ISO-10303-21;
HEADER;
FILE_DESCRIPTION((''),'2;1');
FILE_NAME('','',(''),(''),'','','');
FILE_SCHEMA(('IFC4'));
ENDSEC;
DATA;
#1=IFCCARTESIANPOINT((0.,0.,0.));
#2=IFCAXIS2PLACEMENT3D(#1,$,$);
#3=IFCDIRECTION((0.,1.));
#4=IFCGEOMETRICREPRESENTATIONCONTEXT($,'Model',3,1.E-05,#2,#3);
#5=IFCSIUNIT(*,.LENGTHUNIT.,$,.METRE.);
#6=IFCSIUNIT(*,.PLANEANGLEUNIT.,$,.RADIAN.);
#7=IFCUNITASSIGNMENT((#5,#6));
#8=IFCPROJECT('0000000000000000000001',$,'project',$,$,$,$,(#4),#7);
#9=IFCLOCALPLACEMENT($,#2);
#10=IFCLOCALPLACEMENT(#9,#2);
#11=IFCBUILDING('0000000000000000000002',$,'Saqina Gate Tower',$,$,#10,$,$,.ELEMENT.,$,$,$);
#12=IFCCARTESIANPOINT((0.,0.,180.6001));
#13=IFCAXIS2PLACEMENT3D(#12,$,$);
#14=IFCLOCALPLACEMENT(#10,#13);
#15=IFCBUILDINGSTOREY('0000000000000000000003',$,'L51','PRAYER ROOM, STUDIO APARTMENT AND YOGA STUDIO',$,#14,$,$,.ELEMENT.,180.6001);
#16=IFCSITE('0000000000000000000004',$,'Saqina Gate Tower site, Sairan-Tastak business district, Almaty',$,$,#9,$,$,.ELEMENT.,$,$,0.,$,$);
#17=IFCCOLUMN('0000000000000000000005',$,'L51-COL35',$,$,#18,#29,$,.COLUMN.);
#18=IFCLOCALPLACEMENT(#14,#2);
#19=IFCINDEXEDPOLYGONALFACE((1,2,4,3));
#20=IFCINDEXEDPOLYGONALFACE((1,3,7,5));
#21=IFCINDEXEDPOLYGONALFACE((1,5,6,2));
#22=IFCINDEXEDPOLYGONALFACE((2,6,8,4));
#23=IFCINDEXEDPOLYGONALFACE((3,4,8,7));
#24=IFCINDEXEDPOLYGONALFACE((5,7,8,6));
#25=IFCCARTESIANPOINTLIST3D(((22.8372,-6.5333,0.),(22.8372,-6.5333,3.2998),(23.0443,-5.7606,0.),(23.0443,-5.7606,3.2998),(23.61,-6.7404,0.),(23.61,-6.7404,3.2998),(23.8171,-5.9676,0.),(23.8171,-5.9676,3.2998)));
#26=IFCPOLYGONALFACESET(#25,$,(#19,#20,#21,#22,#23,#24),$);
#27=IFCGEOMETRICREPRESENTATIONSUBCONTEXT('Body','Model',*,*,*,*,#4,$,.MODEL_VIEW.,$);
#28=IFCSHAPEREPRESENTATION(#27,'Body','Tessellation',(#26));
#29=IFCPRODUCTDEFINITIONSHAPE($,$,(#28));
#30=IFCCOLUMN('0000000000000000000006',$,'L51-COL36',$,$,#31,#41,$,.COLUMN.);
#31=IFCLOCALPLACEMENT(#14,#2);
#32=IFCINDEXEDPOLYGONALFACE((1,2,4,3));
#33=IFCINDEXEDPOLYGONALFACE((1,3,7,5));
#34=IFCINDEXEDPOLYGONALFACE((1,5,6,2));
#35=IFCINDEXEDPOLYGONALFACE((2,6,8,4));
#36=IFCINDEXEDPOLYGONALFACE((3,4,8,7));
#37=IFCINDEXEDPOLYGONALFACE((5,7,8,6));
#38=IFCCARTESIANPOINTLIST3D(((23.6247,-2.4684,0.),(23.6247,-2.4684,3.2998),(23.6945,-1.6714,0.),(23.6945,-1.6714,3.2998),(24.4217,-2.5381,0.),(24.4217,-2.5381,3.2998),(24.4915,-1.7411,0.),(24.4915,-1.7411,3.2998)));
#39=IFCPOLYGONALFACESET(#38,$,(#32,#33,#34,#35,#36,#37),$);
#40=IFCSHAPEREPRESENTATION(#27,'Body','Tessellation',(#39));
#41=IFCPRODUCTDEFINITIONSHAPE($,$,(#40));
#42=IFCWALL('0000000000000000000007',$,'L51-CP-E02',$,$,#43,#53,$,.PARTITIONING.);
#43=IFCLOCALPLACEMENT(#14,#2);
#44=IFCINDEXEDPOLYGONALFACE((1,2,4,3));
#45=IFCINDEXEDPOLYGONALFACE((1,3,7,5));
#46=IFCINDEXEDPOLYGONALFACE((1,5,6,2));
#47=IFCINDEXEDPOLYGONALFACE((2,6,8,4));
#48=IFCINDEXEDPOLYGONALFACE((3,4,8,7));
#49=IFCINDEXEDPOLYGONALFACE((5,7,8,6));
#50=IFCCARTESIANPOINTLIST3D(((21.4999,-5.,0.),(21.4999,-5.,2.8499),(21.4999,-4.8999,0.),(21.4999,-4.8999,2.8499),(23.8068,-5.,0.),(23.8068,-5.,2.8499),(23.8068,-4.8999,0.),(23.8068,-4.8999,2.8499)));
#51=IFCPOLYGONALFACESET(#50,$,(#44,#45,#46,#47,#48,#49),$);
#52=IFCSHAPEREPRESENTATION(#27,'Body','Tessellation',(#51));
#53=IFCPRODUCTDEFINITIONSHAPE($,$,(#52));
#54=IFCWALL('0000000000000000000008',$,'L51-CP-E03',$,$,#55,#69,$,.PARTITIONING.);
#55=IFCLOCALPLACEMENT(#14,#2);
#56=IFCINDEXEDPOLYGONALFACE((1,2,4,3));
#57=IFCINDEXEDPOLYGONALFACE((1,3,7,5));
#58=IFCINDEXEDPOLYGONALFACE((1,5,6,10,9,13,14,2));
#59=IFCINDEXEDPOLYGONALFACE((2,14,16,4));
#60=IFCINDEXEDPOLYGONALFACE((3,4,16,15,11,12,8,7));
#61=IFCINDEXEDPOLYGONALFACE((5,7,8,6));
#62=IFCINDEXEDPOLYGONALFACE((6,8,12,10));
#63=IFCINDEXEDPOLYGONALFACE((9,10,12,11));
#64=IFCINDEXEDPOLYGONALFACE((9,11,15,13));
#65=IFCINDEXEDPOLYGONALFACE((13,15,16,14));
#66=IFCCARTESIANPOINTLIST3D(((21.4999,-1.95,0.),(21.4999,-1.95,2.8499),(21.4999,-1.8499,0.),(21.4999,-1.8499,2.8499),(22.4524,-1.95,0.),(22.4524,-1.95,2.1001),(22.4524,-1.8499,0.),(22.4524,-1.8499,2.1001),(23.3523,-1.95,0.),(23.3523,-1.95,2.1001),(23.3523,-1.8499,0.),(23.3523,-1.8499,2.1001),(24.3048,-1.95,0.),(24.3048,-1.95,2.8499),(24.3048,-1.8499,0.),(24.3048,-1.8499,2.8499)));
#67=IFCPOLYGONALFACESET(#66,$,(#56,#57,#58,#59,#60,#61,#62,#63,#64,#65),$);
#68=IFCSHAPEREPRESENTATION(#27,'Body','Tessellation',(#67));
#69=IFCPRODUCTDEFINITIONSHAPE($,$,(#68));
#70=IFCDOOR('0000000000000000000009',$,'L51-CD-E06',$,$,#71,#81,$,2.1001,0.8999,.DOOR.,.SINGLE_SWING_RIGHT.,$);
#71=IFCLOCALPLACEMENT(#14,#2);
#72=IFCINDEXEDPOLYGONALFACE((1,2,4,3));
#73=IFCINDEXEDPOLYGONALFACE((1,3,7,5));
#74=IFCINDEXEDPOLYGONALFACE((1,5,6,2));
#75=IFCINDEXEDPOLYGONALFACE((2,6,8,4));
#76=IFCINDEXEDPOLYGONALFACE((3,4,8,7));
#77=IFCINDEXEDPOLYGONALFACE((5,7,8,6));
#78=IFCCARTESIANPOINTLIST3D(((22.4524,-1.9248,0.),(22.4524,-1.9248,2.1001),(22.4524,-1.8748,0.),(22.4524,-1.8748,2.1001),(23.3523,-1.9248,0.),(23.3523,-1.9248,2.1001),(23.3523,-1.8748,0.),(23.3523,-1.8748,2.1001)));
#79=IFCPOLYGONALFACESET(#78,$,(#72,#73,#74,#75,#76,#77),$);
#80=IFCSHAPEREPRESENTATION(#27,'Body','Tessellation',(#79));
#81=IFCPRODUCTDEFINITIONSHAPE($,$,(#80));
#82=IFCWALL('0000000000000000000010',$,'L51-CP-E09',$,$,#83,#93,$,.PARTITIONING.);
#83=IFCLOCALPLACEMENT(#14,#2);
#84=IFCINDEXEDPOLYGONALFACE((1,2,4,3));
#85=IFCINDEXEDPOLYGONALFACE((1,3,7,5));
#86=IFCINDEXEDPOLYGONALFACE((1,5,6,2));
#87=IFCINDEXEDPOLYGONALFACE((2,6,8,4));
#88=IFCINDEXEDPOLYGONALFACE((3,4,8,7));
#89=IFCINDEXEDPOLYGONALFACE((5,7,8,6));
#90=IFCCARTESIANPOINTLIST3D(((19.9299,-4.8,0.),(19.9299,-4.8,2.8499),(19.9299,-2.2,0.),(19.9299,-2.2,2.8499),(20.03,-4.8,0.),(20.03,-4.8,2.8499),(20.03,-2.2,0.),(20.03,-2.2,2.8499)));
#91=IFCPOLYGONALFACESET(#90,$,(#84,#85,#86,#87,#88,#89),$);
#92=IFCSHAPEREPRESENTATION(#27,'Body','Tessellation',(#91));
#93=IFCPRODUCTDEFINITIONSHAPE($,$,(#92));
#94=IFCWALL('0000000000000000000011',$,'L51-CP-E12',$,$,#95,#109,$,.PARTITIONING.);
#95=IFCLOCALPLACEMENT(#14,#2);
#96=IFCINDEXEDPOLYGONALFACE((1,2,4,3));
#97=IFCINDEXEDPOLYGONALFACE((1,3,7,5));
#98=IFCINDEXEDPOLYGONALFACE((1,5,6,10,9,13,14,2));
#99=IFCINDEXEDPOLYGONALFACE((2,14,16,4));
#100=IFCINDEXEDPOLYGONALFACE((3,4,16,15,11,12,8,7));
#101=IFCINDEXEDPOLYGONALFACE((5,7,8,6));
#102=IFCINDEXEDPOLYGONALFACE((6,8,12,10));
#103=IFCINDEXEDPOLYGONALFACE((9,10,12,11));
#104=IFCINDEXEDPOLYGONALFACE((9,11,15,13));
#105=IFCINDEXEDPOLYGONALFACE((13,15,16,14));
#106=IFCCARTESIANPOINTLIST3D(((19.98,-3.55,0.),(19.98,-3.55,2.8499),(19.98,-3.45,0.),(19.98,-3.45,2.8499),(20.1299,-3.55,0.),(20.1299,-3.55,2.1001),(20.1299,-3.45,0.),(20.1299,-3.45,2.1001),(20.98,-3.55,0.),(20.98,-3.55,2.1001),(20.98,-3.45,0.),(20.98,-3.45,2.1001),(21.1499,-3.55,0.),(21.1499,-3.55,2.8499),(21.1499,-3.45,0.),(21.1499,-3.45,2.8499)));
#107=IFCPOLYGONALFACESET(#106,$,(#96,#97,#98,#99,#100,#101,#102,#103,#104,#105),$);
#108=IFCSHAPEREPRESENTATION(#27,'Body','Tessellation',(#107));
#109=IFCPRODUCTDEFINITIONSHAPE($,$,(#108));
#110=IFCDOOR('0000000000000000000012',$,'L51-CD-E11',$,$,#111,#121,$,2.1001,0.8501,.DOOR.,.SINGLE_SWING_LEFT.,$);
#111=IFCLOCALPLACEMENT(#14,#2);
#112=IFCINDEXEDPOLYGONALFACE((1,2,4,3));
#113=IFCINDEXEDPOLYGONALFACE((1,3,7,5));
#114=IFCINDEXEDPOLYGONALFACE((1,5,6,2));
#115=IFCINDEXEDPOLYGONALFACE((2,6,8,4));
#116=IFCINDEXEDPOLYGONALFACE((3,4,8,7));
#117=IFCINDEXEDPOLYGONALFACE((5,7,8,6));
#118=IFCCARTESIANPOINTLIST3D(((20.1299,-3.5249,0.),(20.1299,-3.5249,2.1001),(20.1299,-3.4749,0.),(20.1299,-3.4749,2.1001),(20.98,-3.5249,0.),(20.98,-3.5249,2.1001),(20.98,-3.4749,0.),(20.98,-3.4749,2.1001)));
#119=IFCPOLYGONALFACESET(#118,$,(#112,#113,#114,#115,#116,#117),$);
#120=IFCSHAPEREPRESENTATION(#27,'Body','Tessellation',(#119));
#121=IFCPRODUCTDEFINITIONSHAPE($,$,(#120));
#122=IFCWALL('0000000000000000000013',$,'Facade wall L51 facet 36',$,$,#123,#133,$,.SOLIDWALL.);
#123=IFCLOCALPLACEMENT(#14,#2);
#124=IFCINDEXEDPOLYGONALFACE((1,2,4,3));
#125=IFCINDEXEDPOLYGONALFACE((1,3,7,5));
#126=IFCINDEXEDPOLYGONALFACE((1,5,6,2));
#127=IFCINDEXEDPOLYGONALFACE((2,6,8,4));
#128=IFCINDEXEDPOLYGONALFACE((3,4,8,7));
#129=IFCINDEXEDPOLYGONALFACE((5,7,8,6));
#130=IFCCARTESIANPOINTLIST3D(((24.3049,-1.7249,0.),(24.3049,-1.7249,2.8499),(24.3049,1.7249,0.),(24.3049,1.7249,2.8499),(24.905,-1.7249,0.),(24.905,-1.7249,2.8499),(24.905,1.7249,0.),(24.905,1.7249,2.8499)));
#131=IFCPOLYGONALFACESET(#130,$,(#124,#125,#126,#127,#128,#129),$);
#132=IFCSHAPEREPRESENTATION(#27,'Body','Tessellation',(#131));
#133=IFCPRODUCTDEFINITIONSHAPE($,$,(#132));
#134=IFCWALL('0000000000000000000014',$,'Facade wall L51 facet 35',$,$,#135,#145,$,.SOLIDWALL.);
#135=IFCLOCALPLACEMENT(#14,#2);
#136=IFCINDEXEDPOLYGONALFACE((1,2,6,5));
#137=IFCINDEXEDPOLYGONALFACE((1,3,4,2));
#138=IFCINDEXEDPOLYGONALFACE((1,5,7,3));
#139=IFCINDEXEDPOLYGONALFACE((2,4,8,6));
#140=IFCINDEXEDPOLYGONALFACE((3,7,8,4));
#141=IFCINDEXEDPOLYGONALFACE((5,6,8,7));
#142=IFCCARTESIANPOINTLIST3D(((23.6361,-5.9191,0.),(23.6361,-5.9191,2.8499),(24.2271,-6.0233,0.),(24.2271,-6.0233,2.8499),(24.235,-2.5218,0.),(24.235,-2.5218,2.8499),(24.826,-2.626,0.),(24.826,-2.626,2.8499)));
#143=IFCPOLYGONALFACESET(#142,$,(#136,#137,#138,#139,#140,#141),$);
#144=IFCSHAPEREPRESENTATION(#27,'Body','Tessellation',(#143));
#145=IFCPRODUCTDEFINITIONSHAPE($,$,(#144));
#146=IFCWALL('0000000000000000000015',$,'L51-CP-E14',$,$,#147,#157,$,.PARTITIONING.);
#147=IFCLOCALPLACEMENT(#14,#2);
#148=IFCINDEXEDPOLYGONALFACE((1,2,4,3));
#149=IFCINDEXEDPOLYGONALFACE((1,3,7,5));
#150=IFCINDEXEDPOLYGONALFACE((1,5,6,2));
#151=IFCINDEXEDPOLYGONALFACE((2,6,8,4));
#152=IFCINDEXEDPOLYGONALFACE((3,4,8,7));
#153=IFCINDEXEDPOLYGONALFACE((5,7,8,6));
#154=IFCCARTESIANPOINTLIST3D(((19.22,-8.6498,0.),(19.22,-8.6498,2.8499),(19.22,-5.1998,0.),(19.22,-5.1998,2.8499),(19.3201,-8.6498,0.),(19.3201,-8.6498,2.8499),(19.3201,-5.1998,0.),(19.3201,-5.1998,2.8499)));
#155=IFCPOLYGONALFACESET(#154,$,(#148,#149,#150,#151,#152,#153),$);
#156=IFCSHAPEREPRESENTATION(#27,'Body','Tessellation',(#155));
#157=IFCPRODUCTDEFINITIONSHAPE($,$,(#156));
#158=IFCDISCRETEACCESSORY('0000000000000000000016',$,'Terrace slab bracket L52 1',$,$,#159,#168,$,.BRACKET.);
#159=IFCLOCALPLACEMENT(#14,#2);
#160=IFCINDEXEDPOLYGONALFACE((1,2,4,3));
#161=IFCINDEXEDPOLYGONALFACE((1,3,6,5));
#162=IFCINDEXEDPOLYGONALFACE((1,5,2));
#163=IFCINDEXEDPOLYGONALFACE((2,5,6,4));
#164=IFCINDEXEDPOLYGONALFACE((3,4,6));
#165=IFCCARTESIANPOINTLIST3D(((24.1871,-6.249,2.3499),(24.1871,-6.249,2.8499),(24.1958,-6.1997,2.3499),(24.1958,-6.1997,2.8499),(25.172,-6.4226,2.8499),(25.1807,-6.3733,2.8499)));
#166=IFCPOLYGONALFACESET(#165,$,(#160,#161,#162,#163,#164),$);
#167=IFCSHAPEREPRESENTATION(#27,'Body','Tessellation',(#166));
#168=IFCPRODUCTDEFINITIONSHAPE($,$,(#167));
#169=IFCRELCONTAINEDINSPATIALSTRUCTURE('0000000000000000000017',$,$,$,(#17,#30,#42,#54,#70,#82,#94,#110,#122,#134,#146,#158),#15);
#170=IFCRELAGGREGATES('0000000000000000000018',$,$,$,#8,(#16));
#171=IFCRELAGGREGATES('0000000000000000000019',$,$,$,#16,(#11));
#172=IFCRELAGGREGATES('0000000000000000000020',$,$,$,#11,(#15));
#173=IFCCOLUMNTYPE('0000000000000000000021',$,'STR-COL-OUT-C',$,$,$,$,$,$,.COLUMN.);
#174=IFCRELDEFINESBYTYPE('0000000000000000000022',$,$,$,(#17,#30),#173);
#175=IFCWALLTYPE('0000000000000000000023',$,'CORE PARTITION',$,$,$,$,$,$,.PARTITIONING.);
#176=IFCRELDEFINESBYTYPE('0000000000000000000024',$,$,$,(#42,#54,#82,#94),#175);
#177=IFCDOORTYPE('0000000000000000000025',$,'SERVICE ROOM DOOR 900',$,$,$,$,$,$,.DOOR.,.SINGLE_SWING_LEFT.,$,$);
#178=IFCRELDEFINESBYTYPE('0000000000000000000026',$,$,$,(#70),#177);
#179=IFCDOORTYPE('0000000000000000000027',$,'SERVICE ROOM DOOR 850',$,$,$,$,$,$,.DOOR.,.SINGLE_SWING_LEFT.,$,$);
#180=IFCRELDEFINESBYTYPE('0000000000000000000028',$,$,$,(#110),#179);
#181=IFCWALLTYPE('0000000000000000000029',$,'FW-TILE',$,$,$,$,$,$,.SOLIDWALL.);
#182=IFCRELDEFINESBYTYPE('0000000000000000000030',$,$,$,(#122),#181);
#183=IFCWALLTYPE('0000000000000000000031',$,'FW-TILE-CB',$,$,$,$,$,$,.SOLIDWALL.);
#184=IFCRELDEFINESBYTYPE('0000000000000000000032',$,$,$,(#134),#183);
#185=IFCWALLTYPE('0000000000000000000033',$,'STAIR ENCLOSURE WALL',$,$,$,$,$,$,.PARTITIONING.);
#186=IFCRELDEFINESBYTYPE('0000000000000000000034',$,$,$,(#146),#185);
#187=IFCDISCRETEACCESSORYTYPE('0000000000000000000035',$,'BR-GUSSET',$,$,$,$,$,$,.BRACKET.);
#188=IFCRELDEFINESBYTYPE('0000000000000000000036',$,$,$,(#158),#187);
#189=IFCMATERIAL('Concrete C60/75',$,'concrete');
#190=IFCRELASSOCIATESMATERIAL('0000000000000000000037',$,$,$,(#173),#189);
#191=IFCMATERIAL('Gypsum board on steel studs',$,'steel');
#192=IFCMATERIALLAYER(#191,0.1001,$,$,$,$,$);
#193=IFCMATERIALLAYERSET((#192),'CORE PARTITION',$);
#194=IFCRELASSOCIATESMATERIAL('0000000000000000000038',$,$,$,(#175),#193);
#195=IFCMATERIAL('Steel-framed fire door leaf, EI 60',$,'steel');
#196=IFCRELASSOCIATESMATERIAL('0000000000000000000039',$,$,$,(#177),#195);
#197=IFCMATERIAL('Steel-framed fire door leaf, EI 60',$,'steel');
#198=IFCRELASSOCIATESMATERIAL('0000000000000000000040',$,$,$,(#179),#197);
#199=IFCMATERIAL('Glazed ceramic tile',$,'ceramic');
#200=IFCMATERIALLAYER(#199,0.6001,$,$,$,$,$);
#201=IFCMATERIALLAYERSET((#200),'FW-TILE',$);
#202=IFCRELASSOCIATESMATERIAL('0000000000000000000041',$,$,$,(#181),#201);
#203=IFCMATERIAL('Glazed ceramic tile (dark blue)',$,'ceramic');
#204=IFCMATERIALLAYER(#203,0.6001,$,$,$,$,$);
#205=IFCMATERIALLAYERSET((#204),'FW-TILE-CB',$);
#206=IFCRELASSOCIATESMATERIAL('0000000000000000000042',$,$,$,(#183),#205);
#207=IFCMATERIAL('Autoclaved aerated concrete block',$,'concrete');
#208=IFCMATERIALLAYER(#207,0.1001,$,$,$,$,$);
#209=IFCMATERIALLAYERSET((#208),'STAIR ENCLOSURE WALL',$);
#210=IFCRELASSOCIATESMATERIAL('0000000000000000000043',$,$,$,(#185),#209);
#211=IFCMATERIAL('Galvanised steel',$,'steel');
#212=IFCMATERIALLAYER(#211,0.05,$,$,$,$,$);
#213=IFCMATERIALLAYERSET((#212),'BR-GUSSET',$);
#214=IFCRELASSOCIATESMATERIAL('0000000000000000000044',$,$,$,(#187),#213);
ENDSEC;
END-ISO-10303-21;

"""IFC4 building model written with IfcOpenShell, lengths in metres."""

from ifc_helpers import new_model, si_unit, direction, frame, frame_2d, origin, origin_2d, place, context, subcontext, project, spatial, polyline, rectangle, outline, extrude, material, layer, layer_set, material_profile, profile_set, type_object, element, fill, save


model = new_model("IFC4")

# Units and contexts
model_context = context("Model", 3, precision=1e-05, world=origin(), true_north=direction((0.0, 1.0)))
body_context = subcontext(model_context, "Body", "Model", "MODEL_VIEW")
ifc_project = project(units=[si_unit("LENGTHUNIT", "METRE"), si_unit("PLANEANGLEUNIT", "RADIAN")], contexts=[model_context])

# Site, building, storey
site_placement = place(None, origin())
site = spatial("IfcSite", under=ifc_project, at=site_placement, Name="Saqina Gate Tower site, Sairan-Tastak business district, Almaty", CompositionType="ELEMENT", RefElevation=0.0)
building_placement = place(site_placement, origin())
building = spatial("IfcBuilding", under=site, at=building_placement, Name="Saqina Gate Tower", CompositionType="ELEMENT")
storey_placement = place(building_placement, frame((0.0, 0.0, 180.6001)))
storey = spatial("IfcBuildingStorey", under=building, at=storey_placement, Name="L51", Description="PRAYER ROOM, STUDIO APARTMENT AND YOGA STUDIO", CompositionType="ELEMENT", Elevation=180.6001)

# Columns
ifc_material_1 = material(Name="Concrete C60/75", Category="concrete")
ifc_material_profile = material_profile(ifc_material_1, rectangle(XDim=0.8, YDim=0.8, at=origin_2d()), Name="RC 800x800")
ifc_profile_set = profile_set([ifc_material_profile], Name="Concrete C60/75")
column_type = type_object("IfcColumnType", Name="STR-COL-OUT-C", PredefinedType="COLUMN", material=ifc_profile_set)
for number, where, z_axis, x_axis, name in (
    (1, (23.3271, -6.2505, 0.0), (0.0, 0.0, 1.0), (0.965926, -0.258819, 0.0), "L51-COL35"),
    (2, (24.0581, -2.1047, 0.0), (0.0, 0.0, 1.0), (0.996195, -0.087156, 0.0), "L51-COL36"),
):
    element("IfcColumn", number, at=place(storey_placement, frame(where, z_axis=z_axis, x_axis=x_axis)), inside=storey, type_object=column_type, Name=name, PredefinedType="COLUMN", context=body_context, shape_type="SweptSolid", body=[
        extrude(rectangle(XDim=0.8, YDim=0.8, at=origin_2d()), origin(), (0.0, 0.0, 1.0), 3.2998),
    ])

# Wall
ifc_material_2 = material(Name="Gypsum board on steel studs", Category="steel")
ifc_layer_1 = layer(ifc_material_2, 0.1001)
ifc_layer_set_1 = layer_set([ifc_layer_1], Name="CORE PARTITION")
wall_type_1 = type_object("IfcWallType", Name="CORE PARTITION", PredefinedType="PARTITIONING", material=ifc_layer_set_1)
wall_1_placement = place(storey_placement, frame((21.5, -4.95, 0.0), z_axis=(0.0, 0.0, 1.0), x_axis=(1.0, 0.0, 0.0)))
element("IfcWall", 3, at=wall_1_placement, inside=storey, type_object=wall_type_1, Name="L51-CP-E02", PredefinedType="PARTITIONING", context=body_context, shape_type="SweptSolid", body=[
    extrude(rectangle(XDim=2.3069, YDim=0.1001, at=frame_2d((1.1533, 0.0))), origin(), (0.0, 0.0, 1.0), 2.8499),
])

# Wall, opening, door
wall_2_placement = place(storey_placement, frame((21.5, -1.8999, 0.0), z_axis=(0.0, 0.0, 1.0), x_axis=(1.0, 0.0, 0.0)))
wall_2 = element("IfcWall", 4, at=wall_2_placement, inside=storey, type_object=wall_type_1, Name="L51-CP-E03", PredefinedType="PARTITIONING", context=body_context, shape_type="SweptSolid", body=[
    extrude(rectangle(XDim=2.8049, YDim=0.1001, at=frame_2d((1.4023, 0.0))), origin(), (0.0, 0.0, 1.0), 2.8499),
])
opening_1_placement = place(wall_2_placement, frame((0.9524, 0.0, 0.0)))
opening_1 = element("IfcOpeningElement", 5, at=opening_1_placement, cuts=wall_2, PredefinedType="OPENING", context=body_context, shape_type="SweptSolid", body=[
    extrude(rectangle(XDim=0.8999, YDim=2.1001, at=frame_2d((0.45, 1.05))), frame((0.0, 0.062, 0.0), z_axis=(0.0, -1.0, 0.0), x_axis=(1.0, 0.0, 0.0)), (0.0, 0.0, 1.0), 0.124),
])
ifc_material_3 = material(Name="Steel-framed fire door leaf, EI 60", Category="steel")
door_type_1 = type_object("IfcDoorType", Name="SERVICE ROOM DOOR 900", OperationType="SINGLE_SWING_LEFT", PredefinedType="DOOR", material=ifc_material_3)
door_1_placement = place(opening_1_placement, frame((0.8999, 0.0, 0.0), z_axis=(0.0, 0.0, 1.0), x_axis=(-1.0, 0.0, 0.0)))
door_1 = element("IfcDoor", 6, at=door_1_placement, inside=storey, type_object=door_type_1, Name="L51-CD-E06", OperationType="SINGLE_SWING_RIGHT", OverallHeight=2.1001, OverallWidth=0.8999, PredefinedType="DOOR", context=body_context, shape_type="SweptSolid", body=[
    extrude(rectangle(XDim=0.8999, YDim=2.1001, at=frame_2d((0.45, 1.05))), frame((0.0, 0.0249, 0.0), z_axis=(0.0, -1.0, 0.0), x_axis=(1.0, 0.0, 0.0)), (0.0, 0.0, 1.0), 0.05),
])
fill(opening_1, door_1)

# Wall
wall_3_placement = place(storey_placement, frame((19.98, -4.8, 0.0), z_axis=(0.0, 0.0, 1.0), x_axis=(0.0, 1.0, 0.0)))
element("IfcWall", 7, at=wall_3_placement, inside=storey, type_object=wall_type_1, Name="L51-CP-E09", PredefinedType="PARTITIONING", context=body_context, shape_type="SweptSolid", body=[
    extrude(rectangle(XDim=2.6001, YDim=0.1001, at=frame_2d((1.3, 0.0))), origin(), (0.0, 0.0, 1.0), 2.8499),
])

# Wall, opening, door
wall_4_placement = place(storey_placement, frame((19.98, -3.5, 0.0), z_axis=(0.0, 0.0, 1.0), x_axis=(1.0, 0.0, 0.0)))
wall_4 = element("IfcWall", 8, at=wall_4_placement, inside=storey, type_object=wall_type_1, Name="L51-CP-E12", PredefinedType="PARTITIONING", context=body_context, shape_type="SweptSolid", body=[
    extrude(rectangle(XDim=1.1699, YDim=0.1001, at=frame_2d((0.585, 0.0))), origin(), (0.0, 0.0, 1.0), 2.8499),
])
opening_2_placement = place(wall_4_placement, frame((0.1499, 0.0, 0.0)))
opening_2 = element("IfcOpeningElement", 9, at=opening_2_placement, cuts=wall_4, PredefinedType="OPENING", context=body_context, shape_type="SweptSolid", body=[
    extrude(rectangle(XDim=0.8501, YDim=2.1001, at=frame_2d((0.425, 1.05))), frame((0.0, 0.062, 0.0), z_axis=(0.0, -1.0, 0.0), x_axis=(1.0, 0.0, 0.0)), (0.0, 0.0, 1.0), 0.124),
])
ifc_material_4 = material(Name="Steel-framed fire door leaf, EI 60", Category="steel")
door_type_2 = type_object("IfcDoorType", Name="SERVICE ROOM DOOR 850", OperationType="SINGLE_SWING_LEFT", PredefinedType="DOOR", material=ifc_material_4)
door_2_placement = place(opening_2_placement, frame((0.8501, 0.0, 0.0), z_axis=(0.0, 0.0, 1.0), x_axis=(-1.0, 0.0, 0.0)))
door_2 = element("IfcDoor", 10, at=door_2_placement, inside=storey, type_object=door_type_2, Name="L51-CD-E11", OperationType="SINGLE_SWING_LEFT", OverallHeight=2.1001, OverallWidth=0.8501, PredefinedType="DOOR", context=body_context, shape_type="SweptSolid", body=[
    extrude(rectangle(XDim=0.8501, YDim=2.1001, at=frame_2d((0.425, 1.05))), frame((0.0, 0.0249, 0.0), z_axis=(0.0, -1.0, 0.0), x_axis=(1.0, 0.0, 0.0)), (0.0, 0.0, 1.0), 0.05),
])
fill(opening_2, door_2)

# Walls
ifc_material_5 = material(Name="Glazed ceramic tile", Category="ceramic")
ifc_layer_2 = layer(ifc_material_5, 0.6001)
ifc_layer_set_2 = layer_set([ifc_layer_2], Name="FW-TILE")
wall_type_2 = type_object("IfcWallType", Name="FW-TILE", PredefinedType="SOLIDWALL", material=ifc_layer_set_2)
wall_5_placement = place(storey_placement, frame((24.605, -1.7249, 0.0), z_axis=(0.0, 0.0, 1.0), x_axis=(0.0, 1.0, 0.0)))
element("IfcWall", 11, at=wall_5_placement, inside=storey, type_object=wall_type_2, Name="Facade wall L51 facet 36", PredefinedType="SOLIDWALL", context=body_context, shape_type="SweptSolid", body=[
    extrude(rectangle(XDim=3.4497, YDim=0.6001, at=frame_2d((1.7249, 0.0))), origin(), (0.0, 0.0, 1.0), 2.8499),
])
ifc_material_6 = material(Name="Glazed ceramic tile (dark blue)", Category="ceramic")
ifc_layer_3 = layer(ifc_material_6, 0.6001)
ifc_layer_set_3 = layer_set([ifc_layer_3], Name="FW-TILE-CB")
wall_type_3 = type_object("IfcWallType", Name="FW-TILE-CB", PredefinedType="SOLIDWALL", material=ifc_layer_set_3)
wall_6_placement = place(storey_placement, frame((23.9316, -5.9712, 0.0), z_axis=(0.0, 0.0, 1.0), x_axis=(0.173608, 0.984815, 0.0)))
element("IfcWall", 12, at=wall_6_placement, inside=storey, type_object=wall_type_3, Name="Facade wall L51 facet 35", PredefinedType="SOLIDWALL", context=body_context, shape_type="SweptSolid", body=[
    extrude(rectangle(XDim=3.4497, YDim=0.6001, at=frame_2d((1.7249, 0.0))), origin(), (0.0, 0.0, 1.0), 2.8499),
])
ifc_material_7 = material(Name="Autoclaved aerated concrete block", Category="concrete")
ifc_layer_4 = layer(ifc_material_7, 0.1001)
ifc_layer_set_4 = layer_set([ifc_layer_4], Name="STAIR ENCLOSURE WALL")
wall_type_4 = type_object("IfcWallType", Name="STAIR ENCLOSURE WALL", PredefinedType="PARTITIONING", material=ifc_layer_set_4)
wall_7_placement = place(storey_placement, frame((19.27, -8.6499, 0.0), z_axis=(0.0, 0.0, 1.0), x_axis=(0.0, 1.0, 0.0)))
element("IfcWall", 13, at=wall_7_placement, inside=storey, type_object=wall_type_4, Name="L51-CP-E14", PredefinedType="PARTITIONING", context=body_context, shape_type="SweptSolid", body=[
    extrude(rectangle(XDim=3.45, YDim=0.1001, at=frame_2d((1.7251, 0.0))), origin(), (0.0, 0.0, 1.0), 2.8499),
])

# Discrete accessory
ifc_material_8 = material(Name="Galvanised steel", Category="steel")
ifc_layer_5 = layer(ifc_material_8, 0.05)
ifc_layer_set_5 = layer_set([ifc_layer_5], Name="BR-GUSSET")
discrete_accessory_type = type_object("IfcDiscreteAccessoryType", Name="BR-GUSSET", PredefinedType="BRACKET", material=ifc_layer_set_5)
discrete_accessory_1_placement = place(storey_placement, frame((24.1958, -6.1997, 2.3499), z_axis=(0.173576, 0.98482, 0.0), x_axis=(0.0, 0.0, 1.0)))
element("IfcDiscreteAccessory", 14, at=discrete_accessory_1_placement, inside=storey, type_object=discrete_accessory_type, Name="Terrace slab bracket L52 1", PredefinedType="BRACKET", context=body_context, shape_type="SweptSolid", body=[
    extrude(outline(polyline([(0.0, 0.0), (0.5, 0.0), (0.5, 1.0), (0.0, 0.0)])), origin(), (0.0, 0.0, -1.0), 0.05),
])

save(model, "model.ifc")
